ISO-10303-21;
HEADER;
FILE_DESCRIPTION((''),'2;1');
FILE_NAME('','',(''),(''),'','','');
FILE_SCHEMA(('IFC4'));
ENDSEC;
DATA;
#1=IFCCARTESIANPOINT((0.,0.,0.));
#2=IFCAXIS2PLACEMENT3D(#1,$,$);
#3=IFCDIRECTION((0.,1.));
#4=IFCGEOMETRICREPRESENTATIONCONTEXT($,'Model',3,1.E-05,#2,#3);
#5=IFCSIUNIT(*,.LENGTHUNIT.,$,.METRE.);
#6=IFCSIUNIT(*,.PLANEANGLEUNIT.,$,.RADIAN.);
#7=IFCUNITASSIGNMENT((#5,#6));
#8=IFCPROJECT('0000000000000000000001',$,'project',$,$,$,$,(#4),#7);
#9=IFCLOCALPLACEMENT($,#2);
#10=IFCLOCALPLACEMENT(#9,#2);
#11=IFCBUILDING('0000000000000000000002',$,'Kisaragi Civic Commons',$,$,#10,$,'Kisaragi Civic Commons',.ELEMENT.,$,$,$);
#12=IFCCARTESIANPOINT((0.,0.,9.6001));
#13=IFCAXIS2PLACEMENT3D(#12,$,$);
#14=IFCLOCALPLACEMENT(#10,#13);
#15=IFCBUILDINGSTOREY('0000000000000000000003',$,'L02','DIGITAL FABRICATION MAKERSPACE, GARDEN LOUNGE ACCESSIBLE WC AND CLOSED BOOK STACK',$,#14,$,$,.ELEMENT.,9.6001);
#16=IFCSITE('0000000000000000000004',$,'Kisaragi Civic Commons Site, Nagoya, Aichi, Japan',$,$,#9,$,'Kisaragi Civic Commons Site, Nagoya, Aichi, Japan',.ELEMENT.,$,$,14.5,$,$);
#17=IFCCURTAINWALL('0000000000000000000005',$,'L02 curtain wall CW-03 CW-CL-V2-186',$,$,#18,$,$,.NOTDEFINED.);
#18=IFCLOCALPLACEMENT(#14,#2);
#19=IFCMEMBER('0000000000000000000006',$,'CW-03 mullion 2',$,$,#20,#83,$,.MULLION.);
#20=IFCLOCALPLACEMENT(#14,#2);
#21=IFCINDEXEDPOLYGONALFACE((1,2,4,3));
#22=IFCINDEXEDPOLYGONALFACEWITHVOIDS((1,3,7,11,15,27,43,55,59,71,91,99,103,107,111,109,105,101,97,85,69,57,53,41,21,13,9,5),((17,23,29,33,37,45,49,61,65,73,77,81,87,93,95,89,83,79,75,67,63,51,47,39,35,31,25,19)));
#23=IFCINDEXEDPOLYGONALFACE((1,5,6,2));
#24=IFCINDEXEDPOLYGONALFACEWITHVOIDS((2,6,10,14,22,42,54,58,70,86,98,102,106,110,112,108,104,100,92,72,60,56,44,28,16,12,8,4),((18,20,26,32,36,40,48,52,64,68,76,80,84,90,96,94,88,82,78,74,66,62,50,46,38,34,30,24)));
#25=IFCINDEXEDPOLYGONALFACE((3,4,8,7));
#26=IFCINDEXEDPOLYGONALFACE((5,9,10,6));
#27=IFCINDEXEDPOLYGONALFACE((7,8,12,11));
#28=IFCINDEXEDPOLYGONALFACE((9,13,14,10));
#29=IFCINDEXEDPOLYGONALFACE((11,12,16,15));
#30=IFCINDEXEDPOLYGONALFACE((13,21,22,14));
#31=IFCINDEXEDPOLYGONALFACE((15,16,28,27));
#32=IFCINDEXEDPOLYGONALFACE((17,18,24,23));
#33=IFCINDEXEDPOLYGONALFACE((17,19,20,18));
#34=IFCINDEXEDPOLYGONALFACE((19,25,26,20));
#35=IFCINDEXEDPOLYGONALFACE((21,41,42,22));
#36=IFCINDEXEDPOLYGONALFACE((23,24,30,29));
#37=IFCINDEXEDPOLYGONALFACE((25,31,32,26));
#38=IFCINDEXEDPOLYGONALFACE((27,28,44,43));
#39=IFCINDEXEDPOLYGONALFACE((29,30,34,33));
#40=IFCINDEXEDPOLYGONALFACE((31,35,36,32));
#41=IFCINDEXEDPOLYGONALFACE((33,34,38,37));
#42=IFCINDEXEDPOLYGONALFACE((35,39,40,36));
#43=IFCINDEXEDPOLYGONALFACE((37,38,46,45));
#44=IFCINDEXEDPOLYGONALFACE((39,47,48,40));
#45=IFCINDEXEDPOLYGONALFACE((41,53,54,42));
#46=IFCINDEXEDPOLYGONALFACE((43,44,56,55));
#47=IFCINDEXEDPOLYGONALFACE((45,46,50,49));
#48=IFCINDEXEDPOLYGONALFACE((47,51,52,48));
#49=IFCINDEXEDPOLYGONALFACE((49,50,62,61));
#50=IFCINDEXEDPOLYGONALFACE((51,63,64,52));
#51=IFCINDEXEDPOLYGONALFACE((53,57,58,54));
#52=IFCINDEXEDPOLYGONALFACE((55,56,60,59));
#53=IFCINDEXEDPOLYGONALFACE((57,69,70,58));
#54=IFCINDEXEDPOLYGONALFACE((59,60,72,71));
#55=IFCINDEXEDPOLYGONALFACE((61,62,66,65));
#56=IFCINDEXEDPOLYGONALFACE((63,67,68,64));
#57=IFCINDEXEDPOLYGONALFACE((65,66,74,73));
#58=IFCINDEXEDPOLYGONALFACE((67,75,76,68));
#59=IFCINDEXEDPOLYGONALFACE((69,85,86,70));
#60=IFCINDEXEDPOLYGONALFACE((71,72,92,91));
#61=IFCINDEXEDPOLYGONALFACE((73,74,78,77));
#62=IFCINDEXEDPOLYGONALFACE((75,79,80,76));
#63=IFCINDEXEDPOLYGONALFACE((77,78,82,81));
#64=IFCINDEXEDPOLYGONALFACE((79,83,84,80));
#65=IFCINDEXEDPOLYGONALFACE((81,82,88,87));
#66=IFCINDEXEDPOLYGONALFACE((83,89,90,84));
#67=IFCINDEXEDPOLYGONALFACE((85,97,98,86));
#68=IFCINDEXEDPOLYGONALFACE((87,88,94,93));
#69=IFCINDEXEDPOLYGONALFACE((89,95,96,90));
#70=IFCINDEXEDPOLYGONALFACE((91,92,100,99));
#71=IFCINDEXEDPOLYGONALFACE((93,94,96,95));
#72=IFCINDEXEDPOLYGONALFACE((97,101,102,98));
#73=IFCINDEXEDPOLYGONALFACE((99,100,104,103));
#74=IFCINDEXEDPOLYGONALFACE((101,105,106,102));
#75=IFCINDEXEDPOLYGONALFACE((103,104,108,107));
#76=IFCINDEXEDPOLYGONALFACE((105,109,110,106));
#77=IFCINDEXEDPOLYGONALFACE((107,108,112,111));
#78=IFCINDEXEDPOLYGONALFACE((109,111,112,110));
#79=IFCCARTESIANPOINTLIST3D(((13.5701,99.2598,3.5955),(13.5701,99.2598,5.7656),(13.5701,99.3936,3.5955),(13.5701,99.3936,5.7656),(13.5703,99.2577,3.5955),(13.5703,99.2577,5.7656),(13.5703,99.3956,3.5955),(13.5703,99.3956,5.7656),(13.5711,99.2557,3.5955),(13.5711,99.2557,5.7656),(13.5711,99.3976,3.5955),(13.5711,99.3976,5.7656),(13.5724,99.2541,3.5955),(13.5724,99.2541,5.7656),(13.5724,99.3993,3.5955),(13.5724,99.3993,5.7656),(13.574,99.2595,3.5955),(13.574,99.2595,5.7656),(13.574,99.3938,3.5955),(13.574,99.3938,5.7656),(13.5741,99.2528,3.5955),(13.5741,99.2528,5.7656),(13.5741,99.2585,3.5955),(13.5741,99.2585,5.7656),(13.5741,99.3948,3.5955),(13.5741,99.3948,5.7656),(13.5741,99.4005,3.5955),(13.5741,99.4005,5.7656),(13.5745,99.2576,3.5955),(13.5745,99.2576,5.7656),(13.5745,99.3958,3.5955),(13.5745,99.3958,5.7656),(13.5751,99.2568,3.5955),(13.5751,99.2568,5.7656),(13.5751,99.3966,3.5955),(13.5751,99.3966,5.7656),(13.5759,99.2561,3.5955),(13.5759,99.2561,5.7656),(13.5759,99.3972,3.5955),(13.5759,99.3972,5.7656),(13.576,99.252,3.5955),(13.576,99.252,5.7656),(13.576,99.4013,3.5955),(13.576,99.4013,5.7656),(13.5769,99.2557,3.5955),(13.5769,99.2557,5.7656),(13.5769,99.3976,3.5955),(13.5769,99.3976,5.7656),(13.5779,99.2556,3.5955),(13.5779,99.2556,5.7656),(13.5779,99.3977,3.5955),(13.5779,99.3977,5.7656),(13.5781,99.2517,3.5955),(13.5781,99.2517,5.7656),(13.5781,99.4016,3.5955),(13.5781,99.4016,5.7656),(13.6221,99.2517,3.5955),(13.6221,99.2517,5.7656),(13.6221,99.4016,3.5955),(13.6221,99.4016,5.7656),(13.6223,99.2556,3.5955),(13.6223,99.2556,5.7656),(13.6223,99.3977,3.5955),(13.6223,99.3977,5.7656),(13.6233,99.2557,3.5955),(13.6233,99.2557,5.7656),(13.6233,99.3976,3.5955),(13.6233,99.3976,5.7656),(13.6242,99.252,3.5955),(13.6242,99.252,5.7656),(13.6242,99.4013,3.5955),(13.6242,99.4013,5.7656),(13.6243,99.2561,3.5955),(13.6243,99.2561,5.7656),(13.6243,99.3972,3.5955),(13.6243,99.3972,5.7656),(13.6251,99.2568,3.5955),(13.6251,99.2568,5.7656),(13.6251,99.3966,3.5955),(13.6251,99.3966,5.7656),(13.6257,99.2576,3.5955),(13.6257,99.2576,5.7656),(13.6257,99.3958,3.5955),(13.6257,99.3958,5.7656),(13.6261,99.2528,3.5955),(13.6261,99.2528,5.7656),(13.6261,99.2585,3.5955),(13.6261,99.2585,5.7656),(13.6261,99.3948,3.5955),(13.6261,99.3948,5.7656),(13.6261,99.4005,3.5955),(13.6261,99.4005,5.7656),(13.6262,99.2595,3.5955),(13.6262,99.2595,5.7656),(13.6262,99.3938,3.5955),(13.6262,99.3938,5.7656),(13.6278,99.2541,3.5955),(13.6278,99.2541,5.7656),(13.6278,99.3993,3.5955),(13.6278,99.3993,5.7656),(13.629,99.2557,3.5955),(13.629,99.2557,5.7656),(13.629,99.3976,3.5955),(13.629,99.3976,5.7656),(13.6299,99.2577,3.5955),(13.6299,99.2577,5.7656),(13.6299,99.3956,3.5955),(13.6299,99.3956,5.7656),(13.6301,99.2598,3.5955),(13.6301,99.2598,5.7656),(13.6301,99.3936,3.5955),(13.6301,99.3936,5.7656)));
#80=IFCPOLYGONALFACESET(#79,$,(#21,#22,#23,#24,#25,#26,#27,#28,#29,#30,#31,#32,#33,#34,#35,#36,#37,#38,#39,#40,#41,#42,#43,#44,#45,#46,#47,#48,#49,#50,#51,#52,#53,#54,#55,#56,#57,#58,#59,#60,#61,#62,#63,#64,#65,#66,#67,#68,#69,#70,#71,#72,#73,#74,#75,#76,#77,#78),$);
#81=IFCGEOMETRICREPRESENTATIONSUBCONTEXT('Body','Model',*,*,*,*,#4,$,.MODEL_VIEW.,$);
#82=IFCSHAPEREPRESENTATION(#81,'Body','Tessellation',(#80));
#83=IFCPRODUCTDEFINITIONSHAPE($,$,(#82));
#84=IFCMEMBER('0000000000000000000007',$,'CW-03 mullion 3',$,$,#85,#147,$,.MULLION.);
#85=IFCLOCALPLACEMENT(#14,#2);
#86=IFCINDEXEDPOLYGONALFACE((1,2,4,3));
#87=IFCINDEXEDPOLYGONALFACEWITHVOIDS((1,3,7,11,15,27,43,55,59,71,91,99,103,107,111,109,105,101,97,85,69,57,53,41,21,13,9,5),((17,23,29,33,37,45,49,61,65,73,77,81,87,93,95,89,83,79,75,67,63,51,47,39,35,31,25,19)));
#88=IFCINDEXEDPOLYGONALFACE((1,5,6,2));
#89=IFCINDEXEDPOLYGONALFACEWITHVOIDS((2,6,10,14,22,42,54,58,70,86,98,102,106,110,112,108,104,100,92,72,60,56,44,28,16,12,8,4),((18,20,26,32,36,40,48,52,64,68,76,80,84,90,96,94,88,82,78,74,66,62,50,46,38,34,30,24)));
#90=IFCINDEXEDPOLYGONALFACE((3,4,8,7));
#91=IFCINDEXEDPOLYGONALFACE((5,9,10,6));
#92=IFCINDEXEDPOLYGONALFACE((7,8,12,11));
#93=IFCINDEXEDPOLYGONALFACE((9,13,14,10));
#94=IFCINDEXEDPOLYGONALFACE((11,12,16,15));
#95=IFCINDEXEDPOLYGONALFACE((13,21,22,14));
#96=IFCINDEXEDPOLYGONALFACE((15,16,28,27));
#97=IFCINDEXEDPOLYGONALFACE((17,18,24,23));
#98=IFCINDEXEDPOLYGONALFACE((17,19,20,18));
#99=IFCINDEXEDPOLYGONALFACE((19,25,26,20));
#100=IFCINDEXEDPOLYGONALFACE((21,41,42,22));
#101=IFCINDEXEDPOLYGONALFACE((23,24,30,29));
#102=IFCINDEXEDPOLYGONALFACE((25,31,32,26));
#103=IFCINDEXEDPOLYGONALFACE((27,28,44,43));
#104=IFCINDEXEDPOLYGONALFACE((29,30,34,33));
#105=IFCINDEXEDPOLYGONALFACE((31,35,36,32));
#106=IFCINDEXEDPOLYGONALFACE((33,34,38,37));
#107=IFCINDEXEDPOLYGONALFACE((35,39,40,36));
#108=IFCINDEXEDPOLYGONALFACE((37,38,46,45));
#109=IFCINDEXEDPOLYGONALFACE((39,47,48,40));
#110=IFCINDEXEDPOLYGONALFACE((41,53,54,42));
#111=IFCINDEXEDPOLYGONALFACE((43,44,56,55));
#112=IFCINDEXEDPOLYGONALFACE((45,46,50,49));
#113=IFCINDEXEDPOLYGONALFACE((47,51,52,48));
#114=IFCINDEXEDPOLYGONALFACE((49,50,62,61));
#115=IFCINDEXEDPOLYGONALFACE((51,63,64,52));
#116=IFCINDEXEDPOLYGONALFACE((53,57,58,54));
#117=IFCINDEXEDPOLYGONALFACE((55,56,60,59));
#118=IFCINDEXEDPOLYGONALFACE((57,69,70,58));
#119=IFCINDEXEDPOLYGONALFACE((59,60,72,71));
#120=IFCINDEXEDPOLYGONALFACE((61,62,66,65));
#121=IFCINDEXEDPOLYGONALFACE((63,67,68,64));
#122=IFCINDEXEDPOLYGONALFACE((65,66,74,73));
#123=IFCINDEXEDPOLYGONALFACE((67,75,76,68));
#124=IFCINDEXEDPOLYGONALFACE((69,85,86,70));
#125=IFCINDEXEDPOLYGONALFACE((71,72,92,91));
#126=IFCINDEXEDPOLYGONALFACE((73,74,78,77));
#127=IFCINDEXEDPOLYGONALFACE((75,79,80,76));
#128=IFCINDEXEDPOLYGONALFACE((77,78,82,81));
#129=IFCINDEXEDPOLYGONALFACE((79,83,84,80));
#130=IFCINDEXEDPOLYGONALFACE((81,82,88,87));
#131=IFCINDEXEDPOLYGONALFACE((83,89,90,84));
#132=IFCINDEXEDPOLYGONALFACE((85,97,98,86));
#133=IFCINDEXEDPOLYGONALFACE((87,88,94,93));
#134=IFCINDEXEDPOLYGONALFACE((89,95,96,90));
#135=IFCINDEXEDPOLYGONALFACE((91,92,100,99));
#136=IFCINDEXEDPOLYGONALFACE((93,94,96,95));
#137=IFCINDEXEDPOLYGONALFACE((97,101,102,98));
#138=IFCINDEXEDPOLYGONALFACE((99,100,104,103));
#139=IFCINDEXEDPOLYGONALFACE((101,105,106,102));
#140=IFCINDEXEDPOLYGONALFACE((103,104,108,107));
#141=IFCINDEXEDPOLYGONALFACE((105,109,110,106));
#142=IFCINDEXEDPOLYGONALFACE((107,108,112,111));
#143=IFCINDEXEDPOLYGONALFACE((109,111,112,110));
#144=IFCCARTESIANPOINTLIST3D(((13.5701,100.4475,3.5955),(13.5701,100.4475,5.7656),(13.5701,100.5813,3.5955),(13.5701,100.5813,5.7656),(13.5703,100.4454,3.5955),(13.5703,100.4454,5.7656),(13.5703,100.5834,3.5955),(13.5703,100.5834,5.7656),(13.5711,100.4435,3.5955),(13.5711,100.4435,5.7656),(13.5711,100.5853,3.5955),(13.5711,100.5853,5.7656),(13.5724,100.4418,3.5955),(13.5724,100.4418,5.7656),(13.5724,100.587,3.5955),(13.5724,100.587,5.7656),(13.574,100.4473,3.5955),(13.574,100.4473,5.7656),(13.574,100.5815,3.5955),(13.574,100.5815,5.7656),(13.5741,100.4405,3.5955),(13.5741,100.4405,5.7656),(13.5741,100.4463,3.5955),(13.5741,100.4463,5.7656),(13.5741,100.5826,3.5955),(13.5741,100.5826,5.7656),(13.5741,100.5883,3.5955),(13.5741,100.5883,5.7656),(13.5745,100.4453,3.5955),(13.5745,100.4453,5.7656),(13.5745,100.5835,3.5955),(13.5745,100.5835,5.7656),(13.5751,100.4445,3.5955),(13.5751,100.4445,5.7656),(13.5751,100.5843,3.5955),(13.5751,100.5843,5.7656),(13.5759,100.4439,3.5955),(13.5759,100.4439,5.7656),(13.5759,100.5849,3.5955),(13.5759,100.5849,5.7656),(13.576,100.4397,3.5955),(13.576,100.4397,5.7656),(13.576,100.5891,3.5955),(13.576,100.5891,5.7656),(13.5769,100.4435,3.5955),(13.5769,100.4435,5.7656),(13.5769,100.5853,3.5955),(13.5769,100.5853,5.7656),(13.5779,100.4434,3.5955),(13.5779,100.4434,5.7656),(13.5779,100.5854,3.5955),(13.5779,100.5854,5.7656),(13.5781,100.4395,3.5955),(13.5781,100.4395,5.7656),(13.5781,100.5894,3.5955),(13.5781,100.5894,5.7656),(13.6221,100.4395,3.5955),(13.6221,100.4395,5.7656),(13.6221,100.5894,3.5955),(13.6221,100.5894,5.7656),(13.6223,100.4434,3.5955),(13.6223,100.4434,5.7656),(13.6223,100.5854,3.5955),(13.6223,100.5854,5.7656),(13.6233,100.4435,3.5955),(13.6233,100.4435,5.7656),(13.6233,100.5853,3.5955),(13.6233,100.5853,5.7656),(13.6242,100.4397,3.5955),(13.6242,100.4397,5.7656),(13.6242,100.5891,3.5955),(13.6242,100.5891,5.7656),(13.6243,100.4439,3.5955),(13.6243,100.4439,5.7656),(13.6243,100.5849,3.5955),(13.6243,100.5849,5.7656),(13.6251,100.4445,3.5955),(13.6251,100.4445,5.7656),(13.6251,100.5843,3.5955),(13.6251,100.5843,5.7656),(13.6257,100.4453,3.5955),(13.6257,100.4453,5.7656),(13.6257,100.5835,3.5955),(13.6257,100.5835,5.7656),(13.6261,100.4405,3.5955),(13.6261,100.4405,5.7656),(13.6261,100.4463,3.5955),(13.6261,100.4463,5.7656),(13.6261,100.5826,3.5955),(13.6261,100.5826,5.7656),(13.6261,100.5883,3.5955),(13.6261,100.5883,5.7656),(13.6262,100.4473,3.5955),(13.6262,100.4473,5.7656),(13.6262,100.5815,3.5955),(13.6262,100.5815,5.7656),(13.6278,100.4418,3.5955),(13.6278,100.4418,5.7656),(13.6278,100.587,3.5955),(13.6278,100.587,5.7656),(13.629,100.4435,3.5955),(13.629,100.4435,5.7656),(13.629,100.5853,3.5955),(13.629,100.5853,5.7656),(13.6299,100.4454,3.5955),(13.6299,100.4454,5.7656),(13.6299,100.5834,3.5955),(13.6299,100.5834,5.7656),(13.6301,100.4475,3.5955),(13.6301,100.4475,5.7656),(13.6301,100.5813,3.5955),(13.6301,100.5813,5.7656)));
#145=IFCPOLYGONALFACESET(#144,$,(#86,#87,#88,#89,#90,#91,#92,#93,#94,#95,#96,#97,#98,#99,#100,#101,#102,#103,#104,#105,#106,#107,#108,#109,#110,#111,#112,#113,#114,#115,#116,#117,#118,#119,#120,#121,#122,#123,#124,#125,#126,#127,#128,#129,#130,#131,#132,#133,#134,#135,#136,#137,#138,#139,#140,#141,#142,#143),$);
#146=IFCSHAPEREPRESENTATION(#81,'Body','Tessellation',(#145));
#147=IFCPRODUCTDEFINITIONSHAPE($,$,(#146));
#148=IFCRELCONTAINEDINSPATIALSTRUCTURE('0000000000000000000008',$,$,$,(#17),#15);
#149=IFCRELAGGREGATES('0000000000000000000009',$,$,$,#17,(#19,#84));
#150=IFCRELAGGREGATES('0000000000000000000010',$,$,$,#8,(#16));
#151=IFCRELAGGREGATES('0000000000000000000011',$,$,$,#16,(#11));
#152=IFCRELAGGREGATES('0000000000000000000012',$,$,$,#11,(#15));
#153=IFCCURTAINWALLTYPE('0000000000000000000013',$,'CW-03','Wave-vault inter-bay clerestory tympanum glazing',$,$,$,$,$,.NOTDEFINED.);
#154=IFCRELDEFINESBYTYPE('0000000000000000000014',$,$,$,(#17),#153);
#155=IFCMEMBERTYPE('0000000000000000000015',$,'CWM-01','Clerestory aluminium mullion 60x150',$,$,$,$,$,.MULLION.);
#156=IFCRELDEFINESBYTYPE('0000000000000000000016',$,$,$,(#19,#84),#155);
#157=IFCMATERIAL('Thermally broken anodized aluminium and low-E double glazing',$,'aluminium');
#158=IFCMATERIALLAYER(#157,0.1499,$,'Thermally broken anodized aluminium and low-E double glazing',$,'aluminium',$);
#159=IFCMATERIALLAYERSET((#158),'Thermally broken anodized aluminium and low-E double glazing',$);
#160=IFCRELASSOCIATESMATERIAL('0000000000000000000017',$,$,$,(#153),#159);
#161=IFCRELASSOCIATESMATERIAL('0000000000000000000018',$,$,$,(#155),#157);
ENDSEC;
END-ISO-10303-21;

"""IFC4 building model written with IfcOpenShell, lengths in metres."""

from ifc_helpers import new_model, si_unit, direction, frame, origin, origin_2d, place, context, subcontext, project, spatial, hollow_rectangle, extrude, material, layer, layer_set, material_profile, profile_set, type_object, element, aggregate, save


model = new_model("IFC4")

# Units and contexts
model_context = context("Model", 3, precision=1e-05, world=origin(), true_north=direction((0.0, 1.0)))
body_context = subcontext(model_context, "Body", "Model", "MODEL_VIEW")
ifc_project = project(units=[si_unit("LENGTHUNIT", "METRE"), si_unit("PLANEANGLEUNIT", "RADIAN")], contexts=[model_context])

# Site, building, storey
site_placement = place(None, origin())
site = spatial("IfcSite", under=ifc_project, at=site_placement, Name="Kisaragi Civic Commons Site, Nagoya, Aichi, Japan", LongName="Kisaragi Civic Commons Site, Nagoya, Aichi, Japan", CompositionType="ELEMENT", RefElevation=14.5)
building_placement = place(site_placement, origin())
building = spatial("IfcBuilding", under=site, at=building_placement, Name="Kisaragi Civic Commons", LongName="Kisaragi Civic Commons", CompositionType="ELEMENT")
storey_placement = place(building_placement, frame((0.0, 0.0, 9.6001)))
storey = spatial("IfcBuildingStorey", under=building, at=storey_placement, Name="L02", Description="DIGITAL FABRICATION MAKERSPACE, GARDEN LOUNGE ACCESSIBLE WC AND CLOSED BOOK STACK", CompositionType="ELEMENT", Elevation=9.6001)

# Curtain wall, members
ifc_material_1 = material(Name="Thermally broken anodized aluminium and low-E double glazing", Category="aluminium")
ifc_layer_1 = layer(ifc_material_1, 0.1499, Name="Thermally broken anodized aluminium and low-E double glazing", Category="aluminium")
ifc_layer_set_1 = layer_set([ifc_layer_1], Name="Thermally broken anodized aluminium and low-E double glazing")
curtain_wall_type = type_object("IfcCurtainWallType", Name="CW-03", Description="Wave-vault inter-bay clerestory tympanum glazing", PredefinedType="NOTDEFINED", material=ifc_layer_set_1)
curtain_wall_1_placement = place(storey_placement, origin())
curtain_wall_1 = element("IfcCurtainWall", 1, at=curtain_wall_1_placement, inside=storey, type_object=curtain_wall_type, Name="L02 curtain wall CW-03 CW-CL-V2-186", PredefinedType="NOTDEFINED")
ifc_material_profile_1 = material_profile(ifc_material_1, hollow_rectangle(XDim=0.0601, YDim=0.1499, WallThickness=0.0039, InnerFilletRadius=0.0039, OuterFilletRadius=0.0081, at=origin_2d()), Name="CWM-60x150x4", Category="aluminium")
ifc_profile_set_1 = profile_set([ifc_material_profile_1], Name="Thermally broken anodized aluminium and low-E double glazing")
member_type_1 = type_object("IfcMemberType", Name="CWM-01", Description="Clerestory aluminium mullion 60x150", PredefinedType="MULLION", material=ifc_profile_set_1)
member_1_placement = place(storey_placement, frame((13.6001, 99.3267, 3.5955), z_axis=(0.0, 0.0, 1.0), x_axis=(-1.0, 0.0, 0.0)))
member_1 = element("IfcMember", 2, at=member_1_placement, type_object=member_type_1, Name="CW-03 mullion 2", PredefinedType="MULLION", context=body_context, shape_type="SweptSolid", body=[
    extrude(hollow_rectangle(XDim=0.0601, YDim=0.1499, WallThickness=0.0039, InnerFilletRadius=0.0039, OuterFilletRadius=0.0081, at=origin_2d()), origin(), (0.0, 0.0, 1.0), 2.1702),
])
member_2_placement = place(storey_placement, frame((13.6001, 100.5144, 3.5955), z_axis=(0.0, 0.0, 1.0), x_axis=(-1.0, 0.0, 0.0)))
member_2 = element("IfcMember", 3, at=member_2_placement, type_object=member_type_1, Name="CW-03 mullion 3", PredefinedType="MULLION", context=body_context, shape_type="SweptSolid", body=[
    extrude(hollow_rectangle(XDim=0.0601, YDim=0.1499, WallThickness=0.0039, InnerFilletRadius=0.0039, OuterFilletRadius=0.0081, at=origin_2d()), origin(), (0.0, 0.0, 1.0), 2.1702),
])

aggregate(curtain_wall_1, [member_1, member_2])

save(model, "model.ifc")
